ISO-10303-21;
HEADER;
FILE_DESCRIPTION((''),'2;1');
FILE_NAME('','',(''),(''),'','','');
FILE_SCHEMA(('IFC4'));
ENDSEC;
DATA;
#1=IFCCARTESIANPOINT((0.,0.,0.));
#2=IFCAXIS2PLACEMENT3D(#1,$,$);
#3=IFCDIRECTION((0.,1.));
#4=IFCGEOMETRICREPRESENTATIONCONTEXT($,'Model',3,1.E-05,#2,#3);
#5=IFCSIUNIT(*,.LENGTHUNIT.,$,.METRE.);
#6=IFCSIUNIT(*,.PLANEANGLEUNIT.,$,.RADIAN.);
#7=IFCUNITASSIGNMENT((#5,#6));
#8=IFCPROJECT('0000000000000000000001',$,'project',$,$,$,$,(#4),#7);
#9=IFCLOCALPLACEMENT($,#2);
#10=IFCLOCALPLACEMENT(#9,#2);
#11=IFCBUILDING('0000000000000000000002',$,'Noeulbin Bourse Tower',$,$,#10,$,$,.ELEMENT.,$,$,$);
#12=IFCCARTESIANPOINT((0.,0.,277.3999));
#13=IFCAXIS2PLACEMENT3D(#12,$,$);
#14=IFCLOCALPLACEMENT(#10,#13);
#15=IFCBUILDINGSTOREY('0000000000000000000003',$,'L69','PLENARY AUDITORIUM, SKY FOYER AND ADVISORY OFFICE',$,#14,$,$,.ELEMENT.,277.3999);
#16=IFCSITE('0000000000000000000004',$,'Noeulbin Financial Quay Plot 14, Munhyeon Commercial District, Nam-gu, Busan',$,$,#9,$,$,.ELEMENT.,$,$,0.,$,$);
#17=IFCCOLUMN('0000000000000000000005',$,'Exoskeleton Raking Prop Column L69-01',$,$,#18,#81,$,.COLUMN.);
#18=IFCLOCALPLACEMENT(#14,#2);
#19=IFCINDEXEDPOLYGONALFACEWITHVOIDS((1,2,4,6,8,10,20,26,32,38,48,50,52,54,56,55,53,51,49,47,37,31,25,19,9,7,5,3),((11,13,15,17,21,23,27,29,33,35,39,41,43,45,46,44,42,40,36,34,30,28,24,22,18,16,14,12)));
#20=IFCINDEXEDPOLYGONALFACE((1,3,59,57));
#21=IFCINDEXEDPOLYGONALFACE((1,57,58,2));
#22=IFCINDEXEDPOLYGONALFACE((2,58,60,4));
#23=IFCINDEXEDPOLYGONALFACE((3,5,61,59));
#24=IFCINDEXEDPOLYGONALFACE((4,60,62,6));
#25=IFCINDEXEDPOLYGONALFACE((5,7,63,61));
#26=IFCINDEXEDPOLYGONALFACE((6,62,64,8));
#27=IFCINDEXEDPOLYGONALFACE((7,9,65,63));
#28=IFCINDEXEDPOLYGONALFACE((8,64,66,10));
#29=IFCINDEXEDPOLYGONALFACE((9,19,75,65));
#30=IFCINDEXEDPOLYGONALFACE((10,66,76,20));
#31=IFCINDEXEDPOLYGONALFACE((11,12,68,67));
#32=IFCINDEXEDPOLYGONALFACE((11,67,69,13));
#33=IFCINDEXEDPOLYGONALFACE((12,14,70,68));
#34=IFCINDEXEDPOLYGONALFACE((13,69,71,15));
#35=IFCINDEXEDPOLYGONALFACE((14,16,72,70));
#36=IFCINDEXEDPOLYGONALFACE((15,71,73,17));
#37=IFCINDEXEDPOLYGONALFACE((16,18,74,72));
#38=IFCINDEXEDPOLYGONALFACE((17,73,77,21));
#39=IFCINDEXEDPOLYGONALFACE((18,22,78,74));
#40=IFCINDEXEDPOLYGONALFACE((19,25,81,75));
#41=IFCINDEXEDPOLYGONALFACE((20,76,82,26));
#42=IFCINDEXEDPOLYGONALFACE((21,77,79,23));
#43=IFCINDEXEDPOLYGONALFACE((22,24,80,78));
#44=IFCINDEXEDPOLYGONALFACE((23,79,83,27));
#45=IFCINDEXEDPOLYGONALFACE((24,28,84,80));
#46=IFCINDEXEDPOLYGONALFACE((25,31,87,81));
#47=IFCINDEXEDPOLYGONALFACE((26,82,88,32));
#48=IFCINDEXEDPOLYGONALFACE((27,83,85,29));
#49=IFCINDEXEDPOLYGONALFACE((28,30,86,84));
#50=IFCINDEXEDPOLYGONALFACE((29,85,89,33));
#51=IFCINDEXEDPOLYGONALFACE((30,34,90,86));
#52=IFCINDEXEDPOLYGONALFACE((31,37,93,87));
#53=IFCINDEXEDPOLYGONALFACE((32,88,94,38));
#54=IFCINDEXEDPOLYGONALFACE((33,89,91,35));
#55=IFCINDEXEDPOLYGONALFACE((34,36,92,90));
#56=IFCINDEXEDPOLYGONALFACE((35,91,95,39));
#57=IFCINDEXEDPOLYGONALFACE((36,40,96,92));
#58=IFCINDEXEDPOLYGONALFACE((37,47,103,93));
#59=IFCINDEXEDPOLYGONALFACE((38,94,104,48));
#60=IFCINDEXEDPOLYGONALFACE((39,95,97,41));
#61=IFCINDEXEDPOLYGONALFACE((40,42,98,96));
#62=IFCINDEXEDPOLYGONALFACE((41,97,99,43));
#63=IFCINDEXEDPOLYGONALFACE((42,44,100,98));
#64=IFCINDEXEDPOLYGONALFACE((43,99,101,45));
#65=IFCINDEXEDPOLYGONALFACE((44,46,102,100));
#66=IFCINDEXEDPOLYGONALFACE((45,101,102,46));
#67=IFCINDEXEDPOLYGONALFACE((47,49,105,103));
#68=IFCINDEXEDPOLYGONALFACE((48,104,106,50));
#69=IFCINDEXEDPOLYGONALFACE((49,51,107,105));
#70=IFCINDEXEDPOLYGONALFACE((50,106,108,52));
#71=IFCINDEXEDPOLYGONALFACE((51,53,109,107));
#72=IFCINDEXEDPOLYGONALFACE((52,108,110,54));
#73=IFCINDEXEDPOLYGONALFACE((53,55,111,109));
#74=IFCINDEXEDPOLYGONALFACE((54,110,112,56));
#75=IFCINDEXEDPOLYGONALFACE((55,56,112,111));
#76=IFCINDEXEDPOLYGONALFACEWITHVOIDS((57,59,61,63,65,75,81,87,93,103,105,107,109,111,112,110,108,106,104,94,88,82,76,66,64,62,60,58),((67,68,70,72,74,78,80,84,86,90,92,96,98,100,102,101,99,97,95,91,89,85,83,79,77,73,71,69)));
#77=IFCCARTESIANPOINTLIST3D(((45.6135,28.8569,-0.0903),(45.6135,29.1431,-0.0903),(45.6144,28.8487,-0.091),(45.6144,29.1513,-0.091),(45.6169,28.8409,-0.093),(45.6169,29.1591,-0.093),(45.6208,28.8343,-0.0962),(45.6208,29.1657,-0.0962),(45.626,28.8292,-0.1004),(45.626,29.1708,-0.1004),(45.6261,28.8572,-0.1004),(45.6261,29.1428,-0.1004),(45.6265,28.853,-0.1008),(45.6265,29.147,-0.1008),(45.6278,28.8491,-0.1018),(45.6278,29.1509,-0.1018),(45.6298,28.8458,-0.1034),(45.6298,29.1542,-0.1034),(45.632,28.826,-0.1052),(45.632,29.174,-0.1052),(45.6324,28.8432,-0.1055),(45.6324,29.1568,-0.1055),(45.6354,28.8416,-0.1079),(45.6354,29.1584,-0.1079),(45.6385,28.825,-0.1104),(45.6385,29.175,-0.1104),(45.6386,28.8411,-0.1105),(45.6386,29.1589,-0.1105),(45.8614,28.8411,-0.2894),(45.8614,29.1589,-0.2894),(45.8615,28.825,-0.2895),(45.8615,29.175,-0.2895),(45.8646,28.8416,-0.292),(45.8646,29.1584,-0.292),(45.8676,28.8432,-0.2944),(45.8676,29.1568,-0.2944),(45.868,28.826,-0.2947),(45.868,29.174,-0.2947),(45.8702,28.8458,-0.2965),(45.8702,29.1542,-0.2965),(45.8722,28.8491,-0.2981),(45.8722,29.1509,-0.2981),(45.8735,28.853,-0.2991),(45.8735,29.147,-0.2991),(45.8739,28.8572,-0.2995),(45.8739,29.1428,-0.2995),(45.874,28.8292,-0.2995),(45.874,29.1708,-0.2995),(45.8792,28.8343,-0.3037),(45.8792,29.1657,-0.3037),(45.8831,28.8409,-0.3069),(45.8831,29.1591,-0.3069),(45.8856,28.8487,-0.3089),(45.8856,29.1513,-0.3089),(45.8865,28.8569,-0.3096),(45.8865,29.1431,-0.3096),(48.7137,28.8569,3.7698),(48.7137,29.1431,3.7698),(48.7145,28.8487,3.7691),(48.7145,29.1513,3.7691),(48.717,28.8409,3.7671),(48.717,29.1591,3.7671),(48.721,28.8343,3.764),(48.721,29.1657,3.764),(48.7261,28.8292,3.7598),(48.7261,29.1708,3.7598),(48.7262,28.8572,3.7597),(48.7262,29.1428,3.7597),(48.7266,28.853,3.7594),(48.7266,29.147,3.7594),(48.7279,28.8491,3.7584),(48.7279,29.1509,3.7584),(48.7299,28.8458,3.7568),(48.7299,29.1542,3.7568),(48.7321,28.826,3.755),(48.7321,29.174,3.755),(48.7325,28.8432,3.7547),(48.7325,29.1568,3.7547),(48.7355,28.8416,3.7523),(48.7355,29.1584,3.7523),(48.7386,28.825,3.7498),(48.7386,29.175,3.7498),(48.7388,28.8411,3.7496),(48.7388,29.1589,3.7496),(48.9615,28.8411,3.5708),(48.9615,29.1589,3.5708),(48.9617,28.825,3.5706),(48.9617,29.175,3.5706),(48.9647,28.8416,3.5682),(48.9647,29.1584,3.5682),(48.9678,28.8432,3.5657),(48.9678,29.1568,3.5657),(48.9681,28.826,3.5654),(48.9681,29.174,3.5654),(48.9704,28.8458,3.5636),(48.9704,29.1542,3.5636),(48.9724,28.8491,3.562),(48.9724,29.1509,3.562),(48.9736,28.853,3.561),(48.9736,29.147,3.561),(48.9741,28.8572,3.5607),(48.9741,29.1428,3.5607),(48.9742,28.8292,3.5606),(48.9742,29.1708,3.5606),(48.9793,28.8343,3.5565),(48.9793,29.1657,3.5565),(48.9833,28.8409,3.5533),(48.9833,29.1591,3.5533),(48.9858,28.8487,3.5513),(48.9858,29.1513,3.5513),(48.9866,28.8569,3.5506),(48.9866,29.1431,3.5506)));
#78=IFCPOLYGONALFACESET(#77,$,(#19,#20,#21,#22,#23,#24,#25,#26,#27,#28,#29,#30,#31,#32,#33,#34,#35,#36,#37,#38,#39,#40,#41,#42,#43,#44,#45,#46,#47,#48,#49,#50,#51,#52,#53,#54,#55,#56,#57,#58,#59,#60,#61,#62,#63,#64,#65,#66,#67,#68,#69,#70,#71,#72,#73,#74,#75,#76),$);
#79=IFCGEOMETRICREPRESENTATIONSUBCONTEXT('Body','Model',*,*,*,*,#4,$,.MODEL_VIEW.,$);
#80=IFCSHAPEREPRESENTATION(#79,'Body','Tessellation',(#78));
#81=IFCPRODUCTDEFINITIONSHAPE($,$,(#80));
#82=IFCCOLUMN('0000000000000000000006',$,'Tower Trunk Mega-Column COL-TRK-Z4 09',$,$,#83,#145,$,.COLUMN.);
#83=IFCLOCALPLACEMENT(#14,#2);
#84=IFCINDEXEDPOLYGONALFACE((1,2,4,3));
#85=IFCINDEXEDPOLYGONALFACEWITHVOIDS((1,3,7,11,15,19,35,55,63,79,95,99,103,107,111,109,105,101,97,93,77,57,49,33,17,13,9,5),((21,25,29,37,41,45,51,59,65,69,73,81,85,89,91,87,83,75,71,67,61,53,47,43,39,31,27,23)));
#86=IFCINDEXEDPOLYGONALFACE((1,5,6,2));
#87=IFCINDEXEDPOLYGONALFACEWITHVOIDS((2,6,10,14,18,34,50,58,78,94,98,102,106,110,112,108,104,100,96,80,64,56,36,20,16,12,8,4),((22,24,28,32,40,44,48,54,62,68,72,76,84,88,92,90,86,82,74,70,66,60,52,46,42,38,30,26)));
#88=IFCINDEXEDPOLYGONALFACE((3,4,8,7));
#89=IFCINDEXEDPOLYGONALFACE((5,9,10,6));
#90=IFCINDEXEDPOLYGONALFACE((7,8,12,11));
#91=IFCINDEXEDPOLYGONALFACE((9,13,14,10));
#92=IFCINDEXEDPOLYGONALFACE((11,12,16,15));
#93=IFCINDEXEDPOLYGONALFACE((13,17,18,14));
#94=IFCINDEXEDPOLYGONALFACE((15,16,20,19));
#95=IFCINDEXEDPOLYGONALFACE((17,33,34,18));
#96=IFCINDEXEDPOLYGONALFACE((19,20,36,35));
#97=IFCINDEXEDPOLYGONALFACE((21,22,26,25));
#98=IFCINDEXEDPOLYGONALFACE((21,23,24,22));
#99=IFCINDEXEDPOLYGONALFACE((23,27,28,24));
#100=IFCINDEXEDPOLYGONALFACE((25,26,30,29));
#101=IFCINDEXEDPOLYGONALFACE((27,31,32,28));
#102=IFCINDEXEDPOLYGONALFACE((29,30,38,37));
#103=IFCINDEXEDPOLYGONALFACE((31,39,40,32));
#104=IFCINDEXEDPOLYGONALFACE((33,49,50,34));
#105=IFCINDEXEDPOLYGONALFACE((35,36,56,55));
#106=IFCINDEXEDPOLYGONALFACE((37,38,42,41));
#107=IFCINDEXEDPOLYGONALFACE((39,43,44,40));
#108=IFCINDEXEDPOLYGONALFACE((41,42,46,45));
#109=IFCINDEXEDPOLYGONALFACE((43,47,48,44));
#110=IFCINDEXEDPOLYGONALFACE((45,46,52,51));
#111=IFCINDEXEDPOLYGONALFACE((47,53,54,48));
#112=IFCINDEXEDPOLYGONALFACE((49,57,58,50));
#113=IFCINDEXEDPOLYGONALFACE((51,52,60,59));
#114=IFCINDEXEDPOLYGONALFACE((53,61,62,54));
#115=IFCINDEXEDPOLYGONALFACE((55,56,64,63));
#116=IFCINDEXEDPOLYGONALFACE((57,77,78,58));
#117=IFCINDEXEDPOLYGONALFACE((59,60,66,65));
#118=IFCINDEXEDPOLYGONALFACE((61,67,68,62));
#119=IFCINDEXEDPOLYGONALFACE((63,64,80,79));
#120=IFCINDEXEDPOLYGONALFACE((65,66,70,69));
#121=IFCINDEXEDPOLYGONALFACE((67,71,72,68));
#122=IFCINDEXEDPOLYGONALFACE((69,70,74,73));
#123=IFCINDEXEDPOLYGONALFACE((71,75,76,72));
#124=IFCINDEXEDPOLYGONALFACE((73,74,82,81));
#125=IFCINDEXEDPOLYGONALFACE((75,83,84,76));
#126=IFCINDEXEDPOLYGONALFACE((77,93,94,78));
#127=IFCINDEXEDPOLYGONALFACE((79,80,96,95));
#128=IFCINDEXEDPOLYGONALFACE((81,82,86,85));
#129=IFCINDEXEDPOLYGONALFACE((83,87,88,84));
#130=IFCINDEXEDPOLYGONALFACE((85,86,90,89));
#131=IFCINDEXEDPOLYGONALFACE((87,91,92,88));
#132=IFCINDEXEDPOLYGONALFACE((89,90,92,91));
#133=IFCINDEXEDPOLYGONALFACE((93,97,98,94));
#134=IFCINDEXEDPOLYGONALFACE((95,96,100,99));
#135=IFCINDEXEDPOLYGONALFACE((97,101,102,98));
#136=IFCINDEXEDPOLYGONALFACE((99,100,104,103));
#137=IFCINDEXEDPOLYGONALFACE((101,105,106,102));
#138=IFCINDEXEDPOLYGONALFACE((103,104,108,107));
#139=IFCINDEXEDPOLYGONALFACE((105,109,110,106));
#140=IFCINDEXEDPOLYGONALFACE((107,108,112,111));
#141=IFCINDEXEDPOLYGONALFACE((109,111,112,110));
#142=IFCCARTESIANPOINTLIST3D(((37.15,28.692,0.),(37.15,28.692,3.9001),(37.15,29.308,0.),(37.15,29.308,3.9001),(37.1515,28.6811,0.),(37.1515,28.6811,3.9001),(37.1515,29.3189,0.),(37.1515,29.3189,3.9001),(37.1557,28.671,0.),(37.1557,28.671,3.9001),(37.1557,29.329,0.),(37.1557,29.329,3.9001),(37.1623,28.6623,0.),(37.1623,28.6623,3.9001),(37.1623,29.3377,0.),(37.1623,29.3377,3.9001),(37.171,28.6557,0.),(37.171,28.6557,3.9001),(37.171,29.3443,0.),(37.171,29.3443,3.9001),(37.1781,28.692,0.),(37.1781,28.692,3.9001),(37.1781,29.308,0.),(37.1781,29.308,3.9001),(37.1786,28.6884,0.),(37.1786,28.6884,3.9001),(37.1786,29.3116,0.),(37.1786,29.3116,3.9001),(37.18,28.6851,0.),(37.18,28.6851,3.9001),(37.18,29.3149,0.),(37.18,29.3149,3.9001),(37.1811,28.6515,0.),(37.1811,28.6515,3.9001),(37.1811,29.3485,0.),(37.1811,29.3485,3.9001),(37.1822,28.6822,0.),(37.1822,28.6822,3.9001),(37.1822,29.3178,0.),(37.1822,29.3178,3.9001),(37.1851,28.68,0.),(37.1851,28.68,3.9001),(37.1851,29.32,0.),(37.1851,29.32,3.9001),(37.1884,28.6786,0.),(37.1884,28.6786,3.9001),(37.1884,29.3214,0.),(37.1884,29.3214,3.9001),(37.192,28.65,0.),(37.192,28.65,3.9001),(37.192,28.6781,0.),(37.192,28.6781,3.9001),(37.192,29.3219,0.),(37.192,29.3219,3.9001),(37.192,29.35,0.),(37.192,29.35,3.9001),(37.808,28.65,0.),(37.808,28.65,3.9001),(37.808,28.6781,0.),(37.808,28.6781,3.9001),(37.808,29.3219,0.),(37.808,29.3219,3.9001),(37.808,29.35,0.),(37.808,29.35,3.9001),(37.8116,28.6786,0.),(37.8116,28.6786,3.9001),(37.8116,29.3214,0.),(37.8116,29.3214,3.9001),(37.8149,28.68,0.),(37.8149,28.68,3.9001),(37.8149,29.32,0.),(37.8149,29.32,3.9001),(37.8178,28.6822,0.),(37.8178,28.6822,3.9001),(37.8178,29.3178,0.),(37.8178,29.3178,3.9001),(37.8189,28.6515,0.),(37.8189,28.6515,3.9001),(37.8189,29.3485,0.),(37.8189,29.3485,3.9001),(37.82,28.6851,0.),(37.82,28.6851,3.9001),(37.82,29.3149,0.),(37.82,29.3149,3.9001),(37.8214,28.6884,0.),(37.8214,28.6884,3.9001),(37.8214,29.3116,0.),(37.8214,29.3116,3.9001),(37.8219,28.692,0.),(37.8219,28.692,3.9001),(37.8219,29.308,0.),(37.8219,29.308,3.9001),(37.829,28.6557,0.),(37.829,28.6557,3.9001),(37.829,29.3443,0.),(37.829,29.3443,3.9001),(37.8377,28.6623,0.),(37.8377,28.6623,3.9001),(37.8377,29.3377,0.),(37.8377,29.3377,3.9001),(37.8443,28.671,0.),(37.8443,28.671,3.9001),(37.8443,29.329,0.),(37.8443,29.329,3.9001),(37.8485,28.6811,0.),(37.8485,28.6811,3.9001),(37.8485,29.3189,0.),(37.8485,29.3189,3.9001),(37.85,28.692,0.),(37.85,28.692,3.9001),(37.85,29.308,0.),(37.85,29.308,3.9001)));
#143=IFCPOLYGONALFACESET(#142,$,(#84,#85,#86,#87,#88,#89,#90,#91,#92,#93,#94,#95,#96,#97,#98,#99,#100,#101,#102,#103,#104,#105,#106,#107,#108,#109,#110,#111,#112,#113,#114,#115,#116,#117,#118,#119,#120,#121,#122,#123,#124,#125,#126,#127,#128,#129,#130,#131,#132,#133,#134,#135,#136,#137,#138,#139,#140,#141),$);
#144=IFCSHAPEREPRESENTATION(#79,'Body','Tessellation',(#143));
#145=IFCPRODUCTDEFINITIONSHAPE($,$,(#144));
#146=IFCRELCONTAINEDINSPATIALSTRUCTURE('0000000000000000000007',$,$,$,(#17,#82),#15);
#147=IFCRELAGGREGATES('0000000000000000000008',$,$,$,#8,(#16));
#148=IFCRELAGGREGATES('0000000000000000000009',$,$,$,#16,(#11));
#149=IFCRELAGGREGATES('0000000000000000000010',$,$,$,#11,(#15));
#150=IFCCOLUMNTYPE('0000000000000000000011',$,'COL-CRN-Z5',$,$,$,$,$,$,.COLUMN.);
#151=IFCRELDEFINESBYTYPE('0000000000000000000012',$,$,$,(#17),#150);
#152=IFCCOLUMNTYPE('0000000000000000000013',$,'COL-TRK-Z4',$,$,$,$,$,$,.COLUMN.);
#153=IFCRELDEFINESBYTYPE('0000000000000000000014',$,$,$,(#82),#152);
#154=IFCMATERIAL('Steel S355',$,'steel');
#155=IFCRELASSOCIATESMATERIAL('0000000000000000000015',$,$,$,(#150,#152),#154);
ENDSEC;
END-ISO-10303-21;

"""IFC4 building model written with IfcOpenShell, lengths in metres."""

from ifc_helpers import new_model, si_unit, direction, frame, origin, origin_2d, place, context, subcontext, project, spatial, hollow_rectangle, extrude, material, material_profile, profile_set, type_object, element, save


model = new_model("IFC4")

# Units and contexts
model_context = context("Model", 3, precision=1e-05, world=origin(), true_north=direction((0.0, 1.0)))
body_context = subcontext(model_context, "Body", "Model", "MODEL_VIEW")
ifc_project = project(units=[si_unit("LENGTHUNIT", "METRE"), si_unit("PLANEANGLEUNIT", "RADIAN")], contexts=[model_context])

# Site, building, storey
site_placement = place(None, origin())
site = spatial("IfcSite", under=ifc_project, at=site_placement, Name="Noeulbin Financial Quay Plot 14, Munhyeon Commercial District, Nam-gu, Busan", CompositionType="ELEMENT", RefElevation=0.0)
building_placement = place(site_placement, origin())
building = spatial("IfcBuilding", under=site, at=building_placement, Name="Noeulbin Bourse Tower", CompositionType="ELEMENT")
storey_placement = place(building_placement, frame((0.0, 0.0, 277.3999)))
storey = spatial("IfcBuildingStorey", under=building, at=storey_placement, Name="L69", Description="PLENARY AUDITORIUM, SKY FOYER AND ADVISORY OFFICE", CompositionType="ELEMENT", Elevation=277.3999)

# Columns
ifc_material_1 = material(Name="Steel S355", Category="steel")
ifc_material_profile_1 = material_profile(ifc_material_1, hollow_rectangle(XDim=0.3501, YDim=0.3501, WallThickness=0.0161, InnerFilletRadius=0.0161, OuterFilletRadius=0.032, at=origin_2d()), Name="SHS-350x350x16", Category="LoadBearing")
ifc_profile_set_1 = profile_set([ifc_material_profile_1], Name="Steel S355")
column_type_1 = type_object("IfcColumnType", Name="COL-CRN-Z5", PredefinedType="COLUMN", material=ifc_profile_set_1)
column_placement = place(storey_placement, frame((45.75, 29.0, -0.2), z_axis=(0.626173, 0.0, 0.779684), x_axis=(0.0, 1.0, 0.0)))
element("IfcColumn", 1, at=column_placement, inside=storey, type_object=column_type_1, Name="Exoskeleton Raking Prop Column L69-01", PredefinedType="COLUMN", context=body_context, shape_type="SweptSolid", body=[
    extrude(hollow_rectangle(XDim=0.3501, YDim=0.3501, WallThickness=0.0161, InnerFilletRadius=0.0161, OuterFilletRadius=0.032, at=origin_2d()), origin(), (0.0, 0.0, 1.0), 4.9509),
])
ifc_material_profile_2 = material_profile(ifc_material_1, hollow_rectangle(XDim=0.7, YDim=0.7, WallThickness=0.0281, InnerFilletRadius=0.0139, OuterFilletRadius=0.042, at=origin_2d()), Name="BOX-700x700x28", Category="LoadBearing")
ifc_profile_set_2 = profile_set([ifc_material_profile_2], Name="Steel S355")
column_type_2 = type_object("IfcColumnType", Name="COL-TRK-Z4", PredefinedType="COLUMN", material=ifc_profile_set_2)
for number, where, z_axis, x_axis, name in (
    (2, (37.5, 29.0, 0.0), (0.0, 0.0, 1.0), (1.0, 0.0, 0.0), "Tower Trunk Mega-Column COL-TRK-Z4 09"),
):
    element("IfcColumn", number, at=place(storey_placement, frame(where, z_axis=z_axis, x_axis=x_axis)), inside=storey, type_object=column_type_2, Name=name, PredefinedType="COLUMN", context=body_context, shape_type="SweptSolid", body=[
        extrude(hollow_rectangle(XDim=0.7, YDim=0.7, WallThickness=0.0281, InnerFilletRadius=0.0139, OuterFilletRadius=0.042, at=origin_2d()), origin(), (0.0, 0.0, 1.0), 3.9001),
    ])

save(model, "model.ifc")
